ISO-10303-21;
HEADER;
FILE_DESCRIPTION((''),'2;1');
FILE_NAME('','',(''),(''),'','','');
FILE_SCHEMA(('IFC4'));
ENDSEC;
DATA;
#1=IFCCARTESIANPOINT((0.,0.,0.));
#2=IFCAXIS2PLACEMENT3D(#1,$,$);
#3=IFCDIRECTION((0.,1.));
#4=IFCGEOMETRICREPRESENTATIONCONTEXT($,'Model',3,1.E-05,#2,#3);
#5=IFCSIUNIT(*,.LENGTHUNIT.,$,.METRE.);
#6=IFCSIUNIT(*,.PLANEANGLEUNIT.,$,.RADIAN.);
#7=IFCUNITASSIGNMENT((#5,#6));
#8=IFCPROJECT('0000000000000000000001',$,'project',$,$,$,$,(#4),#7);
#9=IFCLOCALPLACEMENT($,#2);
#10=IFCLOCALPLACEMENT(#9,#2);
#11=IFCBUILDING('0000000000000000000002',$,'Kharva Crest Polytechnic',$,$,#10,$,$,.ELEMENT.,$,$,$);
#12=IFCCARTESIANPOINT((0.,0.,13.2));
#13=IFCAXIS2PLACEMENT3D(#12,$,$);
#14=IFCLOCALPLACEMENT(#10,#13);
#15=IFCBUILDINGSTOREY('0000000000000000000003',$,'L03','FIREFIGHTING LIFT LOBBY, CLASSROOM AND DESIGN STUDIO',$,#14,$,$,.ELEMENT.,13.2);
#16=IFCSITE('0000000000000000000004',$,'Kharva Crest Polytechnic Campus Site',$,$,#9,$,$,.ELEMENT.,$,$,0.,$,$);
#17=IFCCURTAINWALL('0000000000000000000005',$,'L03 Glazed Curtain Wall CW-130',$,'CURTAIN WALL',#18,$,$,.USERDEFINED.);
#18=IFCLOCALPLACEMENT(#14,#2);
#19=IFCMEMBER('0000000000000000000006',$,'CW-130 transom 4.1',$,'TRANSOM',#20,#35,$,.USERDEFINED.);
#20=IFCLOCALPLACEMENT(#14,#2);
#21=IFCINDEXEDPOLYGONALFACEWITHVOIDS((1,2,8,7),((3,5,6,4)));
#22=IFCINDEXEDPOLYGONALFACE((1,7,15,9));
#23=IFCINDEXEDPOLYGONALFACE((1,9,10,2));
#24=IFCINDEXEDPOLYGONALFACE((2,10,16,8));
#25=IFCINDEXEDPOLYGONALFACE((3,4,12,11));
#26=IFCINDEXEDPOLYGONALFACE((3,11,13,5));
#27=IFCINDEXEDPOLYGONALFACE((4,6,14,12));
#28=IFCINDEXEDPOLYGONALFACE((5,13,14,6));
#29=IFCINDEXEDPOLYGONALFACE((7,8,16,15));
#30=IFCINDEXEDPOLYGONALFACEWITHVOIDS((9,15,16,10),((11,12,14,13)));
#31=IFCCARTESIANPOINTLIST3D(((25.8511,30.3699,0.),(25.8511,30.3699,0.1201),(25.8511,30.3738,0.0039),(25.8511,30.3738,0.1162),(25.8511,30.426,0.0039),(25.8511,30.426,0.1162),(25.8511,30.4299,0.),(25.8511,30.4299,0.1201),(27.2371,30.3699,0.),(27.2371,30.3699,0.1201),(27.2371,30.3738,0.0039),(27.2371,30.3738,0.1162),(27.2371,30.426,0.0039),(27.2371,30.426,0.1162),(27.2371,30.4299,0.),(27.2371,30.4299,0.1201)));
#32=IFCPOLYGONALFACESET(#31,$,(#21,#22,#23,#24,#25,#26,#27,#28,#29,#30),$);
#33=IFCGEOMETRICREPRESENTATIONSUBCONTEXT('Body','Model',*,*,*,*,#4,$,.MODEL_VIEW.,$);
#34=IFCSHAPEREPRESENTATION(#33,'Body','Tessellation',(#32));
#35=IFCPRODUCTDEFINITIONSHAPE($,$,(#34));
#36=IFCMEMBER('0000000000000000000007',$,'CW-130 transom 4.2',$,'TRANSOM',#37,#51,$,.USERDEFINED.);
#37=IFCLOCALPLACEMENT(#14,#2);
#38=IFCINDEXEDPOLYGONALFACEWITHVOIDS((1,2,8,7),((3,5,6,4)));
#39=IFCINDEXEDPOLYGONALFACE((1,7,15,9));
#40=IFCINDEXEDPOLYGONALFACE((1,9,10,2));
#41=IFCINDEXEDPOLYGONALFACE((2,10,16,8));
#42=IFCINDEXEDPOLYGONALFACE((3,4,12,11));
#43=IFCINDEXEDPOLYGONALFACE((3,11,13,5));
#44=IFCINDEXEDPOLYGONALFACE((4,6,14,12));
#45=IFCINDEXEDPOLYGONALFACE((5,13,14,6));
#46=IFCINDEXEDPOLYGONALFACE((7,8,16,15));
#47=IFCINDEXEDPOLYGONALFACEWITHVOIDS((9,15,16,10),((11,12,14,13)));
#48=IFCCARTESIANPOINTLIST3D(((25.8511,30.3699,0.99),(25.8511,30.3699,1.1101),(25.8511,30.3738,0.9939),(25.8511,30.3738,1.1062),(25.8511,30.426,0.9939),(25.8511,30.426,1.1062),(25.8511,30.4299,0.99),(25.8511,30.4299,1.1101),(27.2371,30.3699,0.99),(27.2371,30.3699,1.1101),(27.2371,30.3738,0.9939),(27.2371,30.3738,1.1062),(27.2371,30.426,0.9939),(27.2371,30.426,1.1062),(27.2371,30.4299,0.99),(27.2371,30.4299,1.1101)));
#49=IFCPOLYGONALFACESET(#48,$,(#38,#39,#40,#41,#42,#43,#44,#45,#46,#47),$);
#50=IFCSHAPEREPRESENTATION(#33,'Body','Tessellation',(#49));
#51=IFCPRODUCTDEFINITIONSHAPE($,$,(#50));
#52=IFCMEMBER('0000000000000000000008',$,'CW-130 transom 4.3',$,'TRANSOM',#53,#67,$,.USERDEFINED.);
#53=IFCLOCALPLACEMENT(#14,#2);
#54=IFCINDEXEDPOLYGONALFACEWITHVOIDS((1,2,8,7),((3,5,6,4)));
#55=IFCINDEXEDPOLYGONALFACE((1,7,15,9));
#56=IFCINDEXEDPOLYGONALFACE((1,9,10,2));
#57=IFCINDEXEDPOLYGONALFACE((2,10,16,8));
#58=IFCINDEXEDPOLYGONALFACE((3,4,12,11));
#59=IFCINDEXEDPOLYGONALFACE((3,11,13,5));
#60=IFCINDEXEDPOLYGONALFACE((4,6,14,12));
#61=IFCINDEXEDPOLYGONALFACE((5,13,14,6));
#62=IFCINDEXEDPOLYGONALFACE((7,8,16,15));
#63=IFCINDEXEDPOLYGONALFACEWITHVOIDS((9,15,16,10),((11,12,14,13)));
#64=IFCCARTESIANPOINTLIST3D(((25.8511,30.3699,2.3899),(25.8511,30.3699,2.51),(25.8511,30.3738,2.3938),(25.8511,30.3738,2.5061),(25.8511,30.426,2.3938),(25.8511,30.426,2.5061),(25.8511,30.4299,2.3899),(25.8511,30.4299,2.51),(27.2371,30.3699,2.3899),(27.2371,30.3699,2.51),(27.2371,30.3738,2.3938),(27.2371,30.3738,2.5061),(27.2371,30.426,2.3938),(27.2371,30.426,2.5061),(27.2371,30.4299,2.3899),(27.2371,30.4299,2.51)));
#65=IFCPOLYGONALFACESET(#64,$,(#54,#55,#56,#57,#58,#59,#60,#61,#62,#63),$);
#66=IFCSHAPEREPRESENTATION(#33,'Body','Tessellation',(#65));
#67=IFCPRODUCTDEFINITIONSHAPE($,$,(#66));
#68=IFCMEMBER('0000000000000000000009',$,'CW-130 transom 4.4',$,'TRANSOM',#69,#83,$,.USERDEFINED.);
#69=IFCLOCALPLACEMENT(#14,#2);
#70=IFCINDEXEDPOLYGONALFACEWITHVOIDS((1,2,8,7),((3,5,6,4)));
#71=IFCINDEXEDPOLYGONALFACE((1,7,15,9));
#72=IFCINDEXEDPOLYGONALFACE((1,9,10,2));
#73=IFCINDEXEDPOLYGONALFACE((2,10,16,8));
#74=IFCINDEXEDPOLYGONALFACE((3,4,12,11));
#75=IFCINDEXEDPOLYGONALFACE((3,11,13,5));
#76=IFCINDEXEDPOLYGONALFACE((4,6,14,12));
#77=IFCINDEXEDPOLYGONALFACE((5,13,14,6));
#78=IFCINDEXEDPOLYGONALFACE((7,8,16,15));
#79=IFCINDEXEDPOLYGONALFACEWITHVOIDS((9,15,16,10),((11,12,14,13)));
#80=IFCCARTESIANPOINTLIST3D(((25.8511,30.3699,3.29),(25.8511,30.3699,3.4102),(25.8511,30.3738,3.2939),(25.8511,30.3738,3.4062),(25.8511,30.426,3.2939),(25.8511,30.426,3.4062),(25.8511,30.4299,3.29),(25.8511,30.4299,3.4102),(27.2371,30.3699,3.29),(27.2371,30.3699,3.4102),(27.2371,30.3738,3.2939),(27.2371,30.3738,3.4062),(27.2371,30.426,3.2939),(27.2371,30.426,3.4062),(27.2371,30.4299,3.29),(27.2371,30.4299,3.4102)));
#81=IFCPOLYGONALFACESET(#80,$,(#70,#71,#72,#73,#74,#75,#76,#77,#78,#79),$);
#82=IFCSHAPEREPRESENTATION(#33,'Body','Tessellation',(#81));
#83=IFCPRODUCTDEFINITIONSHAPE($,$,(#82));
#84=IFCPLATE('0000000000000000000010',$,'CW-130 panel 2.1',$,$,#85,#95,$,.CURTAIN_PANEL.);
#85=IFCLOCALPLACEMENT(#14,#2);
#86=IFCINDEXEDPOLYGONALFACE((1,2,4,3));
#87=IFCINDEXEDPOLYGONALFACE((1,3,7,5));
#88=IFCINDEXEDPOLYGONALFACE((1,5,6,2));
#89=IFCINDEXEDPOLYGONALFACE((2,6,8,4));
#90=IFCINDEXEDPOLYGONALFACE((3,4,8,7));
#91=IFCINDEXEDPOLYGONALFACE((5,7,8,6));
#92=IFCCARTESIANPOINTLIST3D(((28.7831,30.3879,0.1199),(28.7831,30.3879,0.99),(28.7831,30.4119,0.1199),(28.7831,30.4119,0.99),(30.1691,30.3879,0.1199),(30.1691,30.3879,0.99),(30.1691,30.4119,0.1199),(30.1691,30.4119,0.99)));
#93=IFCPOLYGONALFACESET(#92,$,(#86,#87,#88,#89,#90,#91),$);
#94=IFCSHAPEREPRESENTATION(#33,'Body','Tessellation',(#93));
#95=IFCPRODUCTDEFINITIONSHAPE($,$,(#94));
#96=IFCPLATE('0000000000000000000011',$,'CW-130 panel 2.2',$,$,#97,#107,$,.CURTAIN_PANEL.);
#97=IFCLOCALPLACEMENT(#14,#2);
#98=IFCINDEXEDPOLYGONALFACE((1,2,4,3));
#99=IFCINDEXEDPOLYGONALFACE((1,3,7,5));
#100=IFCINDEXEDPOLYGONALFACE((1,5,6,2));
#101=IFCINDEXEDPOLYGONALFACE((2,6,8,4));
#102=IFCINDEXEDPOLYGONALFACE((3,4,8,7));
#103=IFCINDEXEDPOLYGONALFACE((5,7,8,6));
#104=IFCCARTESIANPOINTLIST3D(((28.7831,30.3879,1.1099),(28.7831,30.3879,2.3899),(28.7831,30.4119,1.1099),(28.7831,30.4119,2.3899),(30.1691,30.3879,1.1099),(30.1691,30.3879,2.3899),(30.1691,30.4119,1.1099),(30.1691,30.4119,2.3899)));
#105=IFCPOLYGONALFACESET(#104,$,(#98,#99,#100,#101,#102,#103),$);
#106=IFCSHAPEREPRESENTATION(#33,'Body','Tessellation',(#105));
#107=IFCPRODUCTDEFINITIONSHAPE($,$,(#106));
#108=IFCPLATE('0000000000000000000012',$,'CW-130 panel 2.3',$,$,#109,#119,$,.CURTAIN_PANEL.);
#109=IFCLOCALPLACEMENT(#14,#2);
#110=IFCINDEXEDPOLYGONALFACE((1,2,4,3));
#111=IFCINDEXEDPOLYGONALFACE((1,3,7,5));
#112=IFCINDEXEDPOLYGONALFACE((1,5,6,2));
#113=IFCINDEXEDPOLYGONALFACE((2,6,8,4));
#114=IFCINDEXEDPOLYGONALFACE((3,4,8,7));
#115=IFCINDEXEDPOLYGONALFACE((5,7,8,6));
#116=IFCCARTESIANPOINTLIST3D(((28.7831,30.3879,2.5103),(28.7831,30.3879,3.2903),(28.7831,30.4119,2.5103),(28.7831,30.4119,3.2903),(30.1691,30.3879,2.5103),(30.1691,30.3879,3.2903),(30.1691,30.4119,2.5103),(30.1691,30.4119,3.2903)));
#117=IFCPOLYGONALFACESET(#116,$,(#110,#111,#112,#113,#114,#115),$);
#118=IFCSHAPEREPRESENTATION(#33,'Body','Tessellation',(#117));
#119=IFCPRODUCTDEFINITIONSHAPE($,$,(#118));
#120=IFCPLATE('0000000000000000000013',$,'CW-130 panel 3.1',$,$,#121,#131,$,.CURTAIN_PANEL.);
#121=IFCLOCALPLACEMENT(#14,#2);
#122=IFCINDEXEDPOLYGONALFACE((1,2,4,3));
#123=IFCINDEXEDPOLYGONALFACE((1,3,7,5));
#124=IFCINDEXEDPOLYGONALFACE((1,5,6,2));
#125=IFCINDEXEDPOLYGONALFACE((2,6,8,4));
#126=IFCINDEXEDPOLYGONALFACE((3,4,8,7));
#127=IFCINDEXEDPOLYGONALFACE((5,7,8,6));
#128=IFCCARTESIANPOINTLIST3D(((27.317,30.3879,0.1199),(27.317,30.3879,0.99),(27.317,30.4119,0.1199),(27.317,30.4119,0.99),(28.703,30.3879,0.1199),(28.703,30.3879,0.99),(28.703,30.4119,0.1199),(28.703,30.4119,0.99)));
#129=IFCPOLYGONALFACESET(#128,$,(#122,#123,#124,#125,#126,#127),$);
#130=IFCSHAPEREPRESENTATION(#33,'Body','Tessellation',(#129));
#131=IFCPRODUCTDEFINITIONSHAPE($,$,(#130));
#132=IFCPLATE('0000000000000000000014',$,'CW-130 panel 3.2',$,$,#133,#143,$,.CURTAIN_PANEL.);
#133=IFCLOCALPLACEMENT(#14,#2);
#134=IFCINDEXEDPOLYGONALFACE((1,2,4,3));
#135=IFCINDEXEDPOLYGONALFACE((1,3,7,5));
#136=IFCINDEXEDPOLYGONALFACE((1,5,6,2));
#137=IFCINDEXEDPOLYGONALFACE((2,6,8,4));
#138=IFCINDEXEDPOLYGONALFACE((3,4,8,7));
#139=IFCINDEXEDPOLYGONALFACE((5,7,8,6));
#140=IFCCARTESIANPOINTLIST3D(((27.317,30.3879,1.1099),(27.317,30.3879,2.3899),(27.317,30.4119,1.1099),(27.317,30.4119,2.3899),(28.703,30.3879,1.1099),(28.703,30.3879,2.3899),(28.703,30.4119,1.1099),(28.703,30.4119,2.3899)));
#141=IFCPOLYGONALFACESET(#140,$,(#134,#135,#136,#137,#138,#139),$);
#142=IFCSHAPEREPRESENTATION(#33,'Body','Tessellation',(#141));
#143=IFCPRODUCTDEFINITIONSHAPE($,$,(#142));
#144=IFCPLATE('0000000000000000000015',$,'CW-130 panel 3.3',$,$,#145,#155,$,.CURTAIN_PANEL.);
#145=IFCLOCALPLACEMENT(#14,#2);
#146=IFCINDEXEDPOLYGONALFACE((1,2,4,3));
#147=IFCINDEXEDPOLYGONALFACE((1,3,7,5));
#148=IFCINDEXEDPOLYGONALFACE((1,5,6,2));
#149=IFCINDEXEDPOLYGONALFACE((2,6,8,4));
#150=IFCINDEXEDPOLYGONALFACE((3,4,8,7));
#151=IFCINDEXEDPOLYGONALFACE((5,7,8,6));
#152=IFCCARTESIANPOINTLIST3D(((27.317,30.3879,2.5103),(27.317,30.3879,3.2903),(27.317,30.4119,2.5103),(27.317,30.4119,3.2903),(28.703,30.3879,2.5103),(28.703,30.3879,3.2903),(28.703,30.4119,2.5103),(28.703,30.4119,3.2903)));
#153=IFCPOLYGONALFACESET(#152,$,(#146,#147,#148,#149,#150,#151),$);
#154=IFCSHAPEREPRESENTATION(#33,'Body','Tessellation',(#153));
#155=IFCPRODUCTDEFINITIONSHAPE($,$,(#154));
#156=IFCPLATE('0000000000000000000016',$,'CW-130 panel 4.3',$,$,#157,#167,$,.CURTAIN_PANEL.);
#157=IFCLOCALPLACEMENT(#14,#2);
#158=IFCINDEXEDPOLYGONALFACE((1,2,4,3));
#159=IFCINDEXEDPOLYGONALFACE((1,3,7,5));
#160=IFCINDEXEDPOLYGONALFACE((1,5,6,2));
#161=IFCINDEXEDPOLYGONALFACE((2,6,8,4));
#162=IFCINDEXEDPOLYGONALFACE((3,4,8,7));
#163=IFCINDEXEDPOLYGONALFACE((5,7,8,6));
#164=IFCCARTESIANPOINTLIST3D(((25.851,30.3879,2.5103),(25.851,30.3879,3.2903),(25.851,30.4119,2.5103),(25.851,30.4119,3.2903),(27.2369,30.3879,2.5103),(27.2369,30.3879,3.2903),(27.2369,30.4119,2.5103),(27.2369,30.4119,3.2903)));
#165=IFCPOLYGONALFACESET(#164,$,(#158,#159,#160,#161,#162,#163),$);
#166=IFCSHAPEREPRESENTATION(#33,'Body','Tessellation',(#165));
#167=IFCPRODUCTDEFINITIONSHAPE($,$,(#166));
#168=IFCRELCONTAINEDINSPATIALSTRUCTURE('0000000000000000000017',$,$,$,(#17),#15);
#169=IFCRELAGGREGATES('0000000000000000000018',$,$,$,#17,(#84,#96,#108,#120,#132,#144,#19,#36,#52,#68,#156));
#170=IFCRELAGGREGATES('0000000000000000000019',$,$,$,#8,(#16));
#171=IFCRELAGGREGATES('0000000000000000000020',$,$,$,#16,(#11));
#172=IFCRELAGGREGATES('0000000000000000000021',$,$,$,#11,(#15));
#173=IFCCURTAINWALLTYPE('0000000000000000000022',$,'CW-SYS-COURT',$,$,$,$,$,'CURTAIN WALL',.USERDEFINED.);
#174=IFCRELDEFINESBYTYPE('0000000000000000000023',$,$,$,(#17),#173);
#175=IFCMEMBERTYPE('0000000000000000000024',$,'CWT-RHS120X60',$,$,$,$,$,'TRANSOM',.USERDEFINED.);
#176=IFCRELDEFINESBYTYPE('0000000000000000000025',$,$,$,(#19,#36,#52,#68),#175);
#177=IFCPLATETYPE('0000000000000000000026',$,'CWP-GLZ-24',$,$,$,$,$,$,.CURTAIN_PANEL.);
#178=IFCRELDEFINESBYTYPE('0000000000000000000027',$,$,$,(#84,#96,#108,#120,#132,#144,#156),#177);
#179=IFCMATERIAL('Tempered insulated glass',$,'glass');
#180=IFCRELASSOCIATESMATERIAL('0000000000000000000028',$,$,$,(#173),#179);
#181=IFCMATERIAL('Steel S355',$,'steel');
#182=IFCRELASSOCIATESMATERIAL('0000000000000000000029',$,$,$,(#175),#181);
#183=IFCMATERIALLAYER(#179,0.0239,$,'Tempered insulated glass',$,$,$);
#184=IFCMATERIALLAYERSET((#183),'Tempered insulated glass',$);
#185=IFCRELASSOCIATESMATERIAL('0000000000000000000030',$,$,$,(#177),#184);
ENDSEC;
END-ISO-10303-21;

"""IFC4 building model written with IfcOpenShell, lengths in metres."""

from ifc_helpers import new_model, si_unit, direction, frame, origin, origin_2d, place, context, subcontext, project, spatial, rectangle, hollow_rectangle, extrude, material, layer, layer_set, material_profile, profile_set, type_object, element, aggregate, save


model = new_model("IFC4")

# Units and contexts
model_context = context("Model", 3, precision=1e-05, world=origin(), true_north=direction((0.0, 1.0)))
body_context = subcontext(model_context, "Body", "Model", "MODEL_VIEW")
ifc_project = project(units=[si_unit("LENGTHUNIT", "METRE"), si_unit("PLANEANGLEUNIT", "RADIAN")], contexts=[model_context])

# Site, building, storey
site_placement = place(None, origin())
site = spatial("IfcSite", under=ifc_project, at=site_placement, Name="Kharva Crest Polytechnic Campus Site", CompositionType="ELEMENT", RefElevation=0.0)
building_placement = place(site_placement, origin())
building = spatial("IfcBuilding", under=site, at=building_placement, Name="Kharva Crest Polytechnic", CompositionType="ELEMENT")
storey_placement = place(building_placement, frame((0.0, 0.0, 13.2)))
storey = spatial("IfcBuildingStorey", under=building, at=storey_placement, Name="L03", Description="FIREFIGHTING LIFT LOBBY, CLASSROOM AND DESIGN STUDIO", CompositionType="ELEMENT", Elevation=13.2)

# Curtain wall, members, plates
ifc_material_1 = material(Name="Tempered insulated glass", Category="glass")
curtain_wall_type = type_object("IfcCurtainWallType", Name="CW-SYS-COURT", ElementType="CURTAIN WALL", PredefinedType="USERDEFINED", material=ifc_material_1)
curtain_wall_placement = place(storey_placement, origin())
curtain_wall = element("IfcCurtainWall", 1, at=curtain_wall_placement, inside=storey, type_object=curtain_wall_type, Name="L03 Glazed Curtain Wall CW-130", ObjectType="CURTAIN WALL", PredefinedType="USERDEFINED")
ifc_material_2 = material(Name="Steel S355", Category="steel")
ifc_material_profile_1 = material_profile(ifc_material_2, hollow_rectangle(XDim=0.0601, YDim=0.1201, WallThickness=0.0039, at=origin_2d()), Name="RHS 120X60X4.0")
ifc_profile_set_1 = profile_set([ifc_material_profile_1], Name="Steel S355")
member_type_1 = type_object("IfcMemberType", Name="CWT-RHS120X60", ElementType="TRANSOM", PredefinedType="USERDEFINED", material=ifc_profile_set_1)
member_1_placement = place(storey_placement, frame((27.2371, 30.3999, 0.0601), z_axis=(-1.0, 0.0, 0.0), x_axis=(0.0, -1.0, 0.0)))
member_1 = element("IfcMember", 2, at=member_1_placement, type_object=member_type_1, Name="CW-130 transom 4.1", ObjectType="TRANSOM", PredefinedType="USERDEFINED", context=body_context, shape_type="SweptSolid", body=[
    extrude(hollow_rectangle(XDim=0.0601, YDim=0.1201, WallThickness=0.0039, at=origin_2d()), origin(), (0.0, 0.0, 1.0), 1.386),
])
member_2_placement = place(storey_placement, frame((27.2371, 30.3999, 1.05), z_axis=(-1.0, 0.0, 0.0), x_axis=(0.0, -1.0, 0.0)))
member_2 = element("IfcMember", 3, at=member_2_placement, type_object=member_type_1, Name="CW-130 transom 4.2", ObjectType="TRANSOM", PredefinedType="USERDEFINED", context=body_context, shape_type="SweptSolid", body=[
    extrude(hollow_rectangle(XDim=0.0601, YDim=0.1201, WallThickness=0.0039, at=origin_2d()), origin(), (0.0, 0.0, 1.0), 1.386),
])
member_3_placement = place(storey_placement, frame((27.2371, 30.3999, 2.45), z_axis=(-1.0, 0.0, 0.0), x_axis=(0.0, -1.0, 0.0)))
member_3 = element("IfcMember", 4, at=member_3_placement, type_object=member_type_1, Name="CW-130 transom 4.3", ObjectType="TRANSOM", PredefinedType="USERDEFINED", context=body_context, shape_type="SweptSolid", body=[
    extrude(hollow_rectangle(XDim=0.0601, YDim=0.1201, WallThickness=0.0039, at=origin_2d()), origin(), (0.0, 0.0, 1.0), 1.386),
])
member_4_placement = place(storey_placement, frame((27.2371, 30.3999, 3.3501), z_axis=(-1.0, 0.0, 0.0), x_axis=(0.0, -1.0, 0.0)))
member_4 = element("IfcMember", 5, at=member_4_placement, type_object=member_type_1, Name="CW-130 transom 4.4", ObjectType="TRANSOM", PredefinedType="USERDEFINED", context=body_context, shape_type="SweptSolid", body=[
    extrude(hollow_rectangle(XDim=0.0601, YDim=0.1201, WallThickness=0.0039, at=origin_2d()), origin(), (0.0, 0.0, 1.0), 1.386),
])
ifc_layer = layer(ifc_material_1, 0.0239, Name="Tempered insulated glass")
ifc_layer_set = layer_set([ifc_layer], Name="Tempered insulated glass")
plate_type = type_object("IfcPlateType", Name="CWP-GLZ-24", PredefinedType="CURTAIN_PANEL", material=ifc_layer_set)
plate_1_placement = place(storey_placement, frame((29.4761, 30.3999, 0.1199), z_axis=(0.0, 0.0, 1.0), x_axis=(-1.0, 0.0, 0.0)))
plate_1 = element("IfcPlate", 6, at=plate_1_placement, type_object=plate_type, Name="CW-130 panel 2.1", PredefinedType="CURTAIN_PANEL", context=body_context, shape_type="SweptSolid", body=[
    extrude(rectangle(XDim=1.386, YDim=0.0239, at=origin_2d()), origin(), (0.0, 0.0, 1.0), 0.8701),
])
plate_2_placement = place(storey_placement, frame((29.4761, 30.3999, 1.1099), z_axis=(0.0, 0.0, 1.0), x_axis=(-1.0, 0.0, 0.0)))
plate_2 = element("IfcPlate", 7, at=plate_2_placement, type_object=plate_type, Name="CW-130 panel 2.2", PredefinedType="CURTAIN_PANEL", context=body_context, shape_type="SweptSolid", body=[
    extrude(rectangle(XDim=1.386, YDim=0.0239, at=origin_2d()), origin(), (0.0, 0.0, 1.0), 1.28),
])
plate_3_placement = place(storey_placement, frame((29.4761, 30.3999, 2.5103), z_axis=(0.0, 0.0, 1.0), x_axis=(-1.0, 0.0, 0.0)))
plate_3 = element("IfcPlate", 8, at=plate_3_placement, type_object=plate_type, Name="CW-130 panel 2.3", PredefinedType="CURTAIN_PANEL", context=body_context, shape_type="SweptSolid", body=[
    extrude(rectangle(XDim=1.386, YDim=0.0239, at=origin_2d()), origin(), (0.0, 0.0, 1.0), 0.78),
])
plate_4_placement = place(storey_placement, frame((28.01, 30.3999, 0.1199), z_axis=(0.0, 0.0, 1.0), x_axis=(-1.0, 0.0, 0.0)))
plate_4 = element("IfcPlate", 9, at=plate_4_placement, type_object=plate_type, Name="CW-130 panel 3.1", PredefinedType="CURTAIN_PANEL", context=body_context, shape_type="SweptSolid", body=[
    extrude(rectangle(XDim=1.386, YDim=0.0239, at=origin_2d()), origin(), (0.0, 0.0, 1.0), 0.8701),
])
plate_5_placement = place(storey_placement, frame((28.01, 30.3999, 1.1099), z_axis=(0.0, 0.0, 1.0), x_axis=(-1.0, 0.0, 0.0)))
plate_5 = element("IfcPlate", 10, at=plate_5_placement, type_object=plate_type, Name="CW-130 panel 3.2", PredefinedType="CURTAIN_PANEL", context=body_context, shape_type="SweptSolid", body=[
    extrude(rectangle(XDim=1.386, YDim=0.0239, at=origin_2d()), origin(), (0.0, 0.0, 1.0), 1.28),
])
plate_6_placement = place(storey_placement, frame((28.01, 30.3999, 2.5103), z_axis=(0.0, 0.0, 1.0), x_axis=(-1.0, 0.0, 0.0)))
plate_6 = element("IfcPlate", 11, at=plate_6_placement, type_object=plate_type, Name="CW-130 panel 3.3", PredefinedType="CURTAIN_PANEL", context=body_context, shape_type="SweptSolid", body=[
    extrude(rectangle(XDim=1.386, YDim=0.0239, at=origin_2d()), origin(), (0.0, 0.0, 1.0), 0.78),
])
plate_7_placement = place(storey_placement, frame((26.5439, 30.3999, 2.5103), z_axis=(0.0, 0.0, 1.0), x_axis=(-1.0, 0.0, 0.0)))
plate_7 = element("IfcPlate", 12, at=plate_7_placement, type_object=plate_type, Name="CW-130 panel 4.3", PredefinedType="CURTAIN_PANEL", context=body_context, shape_type="SweptSolid", body=[
    extrude(rectangle(XDim=1.386, YDim=0.0239, at=origin_2d()), origin(), (0.0, 0.0, 1.0), 0.78),
])
aggregate(curtain_wall, [plate_1, plate_2, plate_3, plate_4, plate_5, plate_6, member_1, member_2, member_3, member_4, plate_7])

save(model, "model.ifc")
